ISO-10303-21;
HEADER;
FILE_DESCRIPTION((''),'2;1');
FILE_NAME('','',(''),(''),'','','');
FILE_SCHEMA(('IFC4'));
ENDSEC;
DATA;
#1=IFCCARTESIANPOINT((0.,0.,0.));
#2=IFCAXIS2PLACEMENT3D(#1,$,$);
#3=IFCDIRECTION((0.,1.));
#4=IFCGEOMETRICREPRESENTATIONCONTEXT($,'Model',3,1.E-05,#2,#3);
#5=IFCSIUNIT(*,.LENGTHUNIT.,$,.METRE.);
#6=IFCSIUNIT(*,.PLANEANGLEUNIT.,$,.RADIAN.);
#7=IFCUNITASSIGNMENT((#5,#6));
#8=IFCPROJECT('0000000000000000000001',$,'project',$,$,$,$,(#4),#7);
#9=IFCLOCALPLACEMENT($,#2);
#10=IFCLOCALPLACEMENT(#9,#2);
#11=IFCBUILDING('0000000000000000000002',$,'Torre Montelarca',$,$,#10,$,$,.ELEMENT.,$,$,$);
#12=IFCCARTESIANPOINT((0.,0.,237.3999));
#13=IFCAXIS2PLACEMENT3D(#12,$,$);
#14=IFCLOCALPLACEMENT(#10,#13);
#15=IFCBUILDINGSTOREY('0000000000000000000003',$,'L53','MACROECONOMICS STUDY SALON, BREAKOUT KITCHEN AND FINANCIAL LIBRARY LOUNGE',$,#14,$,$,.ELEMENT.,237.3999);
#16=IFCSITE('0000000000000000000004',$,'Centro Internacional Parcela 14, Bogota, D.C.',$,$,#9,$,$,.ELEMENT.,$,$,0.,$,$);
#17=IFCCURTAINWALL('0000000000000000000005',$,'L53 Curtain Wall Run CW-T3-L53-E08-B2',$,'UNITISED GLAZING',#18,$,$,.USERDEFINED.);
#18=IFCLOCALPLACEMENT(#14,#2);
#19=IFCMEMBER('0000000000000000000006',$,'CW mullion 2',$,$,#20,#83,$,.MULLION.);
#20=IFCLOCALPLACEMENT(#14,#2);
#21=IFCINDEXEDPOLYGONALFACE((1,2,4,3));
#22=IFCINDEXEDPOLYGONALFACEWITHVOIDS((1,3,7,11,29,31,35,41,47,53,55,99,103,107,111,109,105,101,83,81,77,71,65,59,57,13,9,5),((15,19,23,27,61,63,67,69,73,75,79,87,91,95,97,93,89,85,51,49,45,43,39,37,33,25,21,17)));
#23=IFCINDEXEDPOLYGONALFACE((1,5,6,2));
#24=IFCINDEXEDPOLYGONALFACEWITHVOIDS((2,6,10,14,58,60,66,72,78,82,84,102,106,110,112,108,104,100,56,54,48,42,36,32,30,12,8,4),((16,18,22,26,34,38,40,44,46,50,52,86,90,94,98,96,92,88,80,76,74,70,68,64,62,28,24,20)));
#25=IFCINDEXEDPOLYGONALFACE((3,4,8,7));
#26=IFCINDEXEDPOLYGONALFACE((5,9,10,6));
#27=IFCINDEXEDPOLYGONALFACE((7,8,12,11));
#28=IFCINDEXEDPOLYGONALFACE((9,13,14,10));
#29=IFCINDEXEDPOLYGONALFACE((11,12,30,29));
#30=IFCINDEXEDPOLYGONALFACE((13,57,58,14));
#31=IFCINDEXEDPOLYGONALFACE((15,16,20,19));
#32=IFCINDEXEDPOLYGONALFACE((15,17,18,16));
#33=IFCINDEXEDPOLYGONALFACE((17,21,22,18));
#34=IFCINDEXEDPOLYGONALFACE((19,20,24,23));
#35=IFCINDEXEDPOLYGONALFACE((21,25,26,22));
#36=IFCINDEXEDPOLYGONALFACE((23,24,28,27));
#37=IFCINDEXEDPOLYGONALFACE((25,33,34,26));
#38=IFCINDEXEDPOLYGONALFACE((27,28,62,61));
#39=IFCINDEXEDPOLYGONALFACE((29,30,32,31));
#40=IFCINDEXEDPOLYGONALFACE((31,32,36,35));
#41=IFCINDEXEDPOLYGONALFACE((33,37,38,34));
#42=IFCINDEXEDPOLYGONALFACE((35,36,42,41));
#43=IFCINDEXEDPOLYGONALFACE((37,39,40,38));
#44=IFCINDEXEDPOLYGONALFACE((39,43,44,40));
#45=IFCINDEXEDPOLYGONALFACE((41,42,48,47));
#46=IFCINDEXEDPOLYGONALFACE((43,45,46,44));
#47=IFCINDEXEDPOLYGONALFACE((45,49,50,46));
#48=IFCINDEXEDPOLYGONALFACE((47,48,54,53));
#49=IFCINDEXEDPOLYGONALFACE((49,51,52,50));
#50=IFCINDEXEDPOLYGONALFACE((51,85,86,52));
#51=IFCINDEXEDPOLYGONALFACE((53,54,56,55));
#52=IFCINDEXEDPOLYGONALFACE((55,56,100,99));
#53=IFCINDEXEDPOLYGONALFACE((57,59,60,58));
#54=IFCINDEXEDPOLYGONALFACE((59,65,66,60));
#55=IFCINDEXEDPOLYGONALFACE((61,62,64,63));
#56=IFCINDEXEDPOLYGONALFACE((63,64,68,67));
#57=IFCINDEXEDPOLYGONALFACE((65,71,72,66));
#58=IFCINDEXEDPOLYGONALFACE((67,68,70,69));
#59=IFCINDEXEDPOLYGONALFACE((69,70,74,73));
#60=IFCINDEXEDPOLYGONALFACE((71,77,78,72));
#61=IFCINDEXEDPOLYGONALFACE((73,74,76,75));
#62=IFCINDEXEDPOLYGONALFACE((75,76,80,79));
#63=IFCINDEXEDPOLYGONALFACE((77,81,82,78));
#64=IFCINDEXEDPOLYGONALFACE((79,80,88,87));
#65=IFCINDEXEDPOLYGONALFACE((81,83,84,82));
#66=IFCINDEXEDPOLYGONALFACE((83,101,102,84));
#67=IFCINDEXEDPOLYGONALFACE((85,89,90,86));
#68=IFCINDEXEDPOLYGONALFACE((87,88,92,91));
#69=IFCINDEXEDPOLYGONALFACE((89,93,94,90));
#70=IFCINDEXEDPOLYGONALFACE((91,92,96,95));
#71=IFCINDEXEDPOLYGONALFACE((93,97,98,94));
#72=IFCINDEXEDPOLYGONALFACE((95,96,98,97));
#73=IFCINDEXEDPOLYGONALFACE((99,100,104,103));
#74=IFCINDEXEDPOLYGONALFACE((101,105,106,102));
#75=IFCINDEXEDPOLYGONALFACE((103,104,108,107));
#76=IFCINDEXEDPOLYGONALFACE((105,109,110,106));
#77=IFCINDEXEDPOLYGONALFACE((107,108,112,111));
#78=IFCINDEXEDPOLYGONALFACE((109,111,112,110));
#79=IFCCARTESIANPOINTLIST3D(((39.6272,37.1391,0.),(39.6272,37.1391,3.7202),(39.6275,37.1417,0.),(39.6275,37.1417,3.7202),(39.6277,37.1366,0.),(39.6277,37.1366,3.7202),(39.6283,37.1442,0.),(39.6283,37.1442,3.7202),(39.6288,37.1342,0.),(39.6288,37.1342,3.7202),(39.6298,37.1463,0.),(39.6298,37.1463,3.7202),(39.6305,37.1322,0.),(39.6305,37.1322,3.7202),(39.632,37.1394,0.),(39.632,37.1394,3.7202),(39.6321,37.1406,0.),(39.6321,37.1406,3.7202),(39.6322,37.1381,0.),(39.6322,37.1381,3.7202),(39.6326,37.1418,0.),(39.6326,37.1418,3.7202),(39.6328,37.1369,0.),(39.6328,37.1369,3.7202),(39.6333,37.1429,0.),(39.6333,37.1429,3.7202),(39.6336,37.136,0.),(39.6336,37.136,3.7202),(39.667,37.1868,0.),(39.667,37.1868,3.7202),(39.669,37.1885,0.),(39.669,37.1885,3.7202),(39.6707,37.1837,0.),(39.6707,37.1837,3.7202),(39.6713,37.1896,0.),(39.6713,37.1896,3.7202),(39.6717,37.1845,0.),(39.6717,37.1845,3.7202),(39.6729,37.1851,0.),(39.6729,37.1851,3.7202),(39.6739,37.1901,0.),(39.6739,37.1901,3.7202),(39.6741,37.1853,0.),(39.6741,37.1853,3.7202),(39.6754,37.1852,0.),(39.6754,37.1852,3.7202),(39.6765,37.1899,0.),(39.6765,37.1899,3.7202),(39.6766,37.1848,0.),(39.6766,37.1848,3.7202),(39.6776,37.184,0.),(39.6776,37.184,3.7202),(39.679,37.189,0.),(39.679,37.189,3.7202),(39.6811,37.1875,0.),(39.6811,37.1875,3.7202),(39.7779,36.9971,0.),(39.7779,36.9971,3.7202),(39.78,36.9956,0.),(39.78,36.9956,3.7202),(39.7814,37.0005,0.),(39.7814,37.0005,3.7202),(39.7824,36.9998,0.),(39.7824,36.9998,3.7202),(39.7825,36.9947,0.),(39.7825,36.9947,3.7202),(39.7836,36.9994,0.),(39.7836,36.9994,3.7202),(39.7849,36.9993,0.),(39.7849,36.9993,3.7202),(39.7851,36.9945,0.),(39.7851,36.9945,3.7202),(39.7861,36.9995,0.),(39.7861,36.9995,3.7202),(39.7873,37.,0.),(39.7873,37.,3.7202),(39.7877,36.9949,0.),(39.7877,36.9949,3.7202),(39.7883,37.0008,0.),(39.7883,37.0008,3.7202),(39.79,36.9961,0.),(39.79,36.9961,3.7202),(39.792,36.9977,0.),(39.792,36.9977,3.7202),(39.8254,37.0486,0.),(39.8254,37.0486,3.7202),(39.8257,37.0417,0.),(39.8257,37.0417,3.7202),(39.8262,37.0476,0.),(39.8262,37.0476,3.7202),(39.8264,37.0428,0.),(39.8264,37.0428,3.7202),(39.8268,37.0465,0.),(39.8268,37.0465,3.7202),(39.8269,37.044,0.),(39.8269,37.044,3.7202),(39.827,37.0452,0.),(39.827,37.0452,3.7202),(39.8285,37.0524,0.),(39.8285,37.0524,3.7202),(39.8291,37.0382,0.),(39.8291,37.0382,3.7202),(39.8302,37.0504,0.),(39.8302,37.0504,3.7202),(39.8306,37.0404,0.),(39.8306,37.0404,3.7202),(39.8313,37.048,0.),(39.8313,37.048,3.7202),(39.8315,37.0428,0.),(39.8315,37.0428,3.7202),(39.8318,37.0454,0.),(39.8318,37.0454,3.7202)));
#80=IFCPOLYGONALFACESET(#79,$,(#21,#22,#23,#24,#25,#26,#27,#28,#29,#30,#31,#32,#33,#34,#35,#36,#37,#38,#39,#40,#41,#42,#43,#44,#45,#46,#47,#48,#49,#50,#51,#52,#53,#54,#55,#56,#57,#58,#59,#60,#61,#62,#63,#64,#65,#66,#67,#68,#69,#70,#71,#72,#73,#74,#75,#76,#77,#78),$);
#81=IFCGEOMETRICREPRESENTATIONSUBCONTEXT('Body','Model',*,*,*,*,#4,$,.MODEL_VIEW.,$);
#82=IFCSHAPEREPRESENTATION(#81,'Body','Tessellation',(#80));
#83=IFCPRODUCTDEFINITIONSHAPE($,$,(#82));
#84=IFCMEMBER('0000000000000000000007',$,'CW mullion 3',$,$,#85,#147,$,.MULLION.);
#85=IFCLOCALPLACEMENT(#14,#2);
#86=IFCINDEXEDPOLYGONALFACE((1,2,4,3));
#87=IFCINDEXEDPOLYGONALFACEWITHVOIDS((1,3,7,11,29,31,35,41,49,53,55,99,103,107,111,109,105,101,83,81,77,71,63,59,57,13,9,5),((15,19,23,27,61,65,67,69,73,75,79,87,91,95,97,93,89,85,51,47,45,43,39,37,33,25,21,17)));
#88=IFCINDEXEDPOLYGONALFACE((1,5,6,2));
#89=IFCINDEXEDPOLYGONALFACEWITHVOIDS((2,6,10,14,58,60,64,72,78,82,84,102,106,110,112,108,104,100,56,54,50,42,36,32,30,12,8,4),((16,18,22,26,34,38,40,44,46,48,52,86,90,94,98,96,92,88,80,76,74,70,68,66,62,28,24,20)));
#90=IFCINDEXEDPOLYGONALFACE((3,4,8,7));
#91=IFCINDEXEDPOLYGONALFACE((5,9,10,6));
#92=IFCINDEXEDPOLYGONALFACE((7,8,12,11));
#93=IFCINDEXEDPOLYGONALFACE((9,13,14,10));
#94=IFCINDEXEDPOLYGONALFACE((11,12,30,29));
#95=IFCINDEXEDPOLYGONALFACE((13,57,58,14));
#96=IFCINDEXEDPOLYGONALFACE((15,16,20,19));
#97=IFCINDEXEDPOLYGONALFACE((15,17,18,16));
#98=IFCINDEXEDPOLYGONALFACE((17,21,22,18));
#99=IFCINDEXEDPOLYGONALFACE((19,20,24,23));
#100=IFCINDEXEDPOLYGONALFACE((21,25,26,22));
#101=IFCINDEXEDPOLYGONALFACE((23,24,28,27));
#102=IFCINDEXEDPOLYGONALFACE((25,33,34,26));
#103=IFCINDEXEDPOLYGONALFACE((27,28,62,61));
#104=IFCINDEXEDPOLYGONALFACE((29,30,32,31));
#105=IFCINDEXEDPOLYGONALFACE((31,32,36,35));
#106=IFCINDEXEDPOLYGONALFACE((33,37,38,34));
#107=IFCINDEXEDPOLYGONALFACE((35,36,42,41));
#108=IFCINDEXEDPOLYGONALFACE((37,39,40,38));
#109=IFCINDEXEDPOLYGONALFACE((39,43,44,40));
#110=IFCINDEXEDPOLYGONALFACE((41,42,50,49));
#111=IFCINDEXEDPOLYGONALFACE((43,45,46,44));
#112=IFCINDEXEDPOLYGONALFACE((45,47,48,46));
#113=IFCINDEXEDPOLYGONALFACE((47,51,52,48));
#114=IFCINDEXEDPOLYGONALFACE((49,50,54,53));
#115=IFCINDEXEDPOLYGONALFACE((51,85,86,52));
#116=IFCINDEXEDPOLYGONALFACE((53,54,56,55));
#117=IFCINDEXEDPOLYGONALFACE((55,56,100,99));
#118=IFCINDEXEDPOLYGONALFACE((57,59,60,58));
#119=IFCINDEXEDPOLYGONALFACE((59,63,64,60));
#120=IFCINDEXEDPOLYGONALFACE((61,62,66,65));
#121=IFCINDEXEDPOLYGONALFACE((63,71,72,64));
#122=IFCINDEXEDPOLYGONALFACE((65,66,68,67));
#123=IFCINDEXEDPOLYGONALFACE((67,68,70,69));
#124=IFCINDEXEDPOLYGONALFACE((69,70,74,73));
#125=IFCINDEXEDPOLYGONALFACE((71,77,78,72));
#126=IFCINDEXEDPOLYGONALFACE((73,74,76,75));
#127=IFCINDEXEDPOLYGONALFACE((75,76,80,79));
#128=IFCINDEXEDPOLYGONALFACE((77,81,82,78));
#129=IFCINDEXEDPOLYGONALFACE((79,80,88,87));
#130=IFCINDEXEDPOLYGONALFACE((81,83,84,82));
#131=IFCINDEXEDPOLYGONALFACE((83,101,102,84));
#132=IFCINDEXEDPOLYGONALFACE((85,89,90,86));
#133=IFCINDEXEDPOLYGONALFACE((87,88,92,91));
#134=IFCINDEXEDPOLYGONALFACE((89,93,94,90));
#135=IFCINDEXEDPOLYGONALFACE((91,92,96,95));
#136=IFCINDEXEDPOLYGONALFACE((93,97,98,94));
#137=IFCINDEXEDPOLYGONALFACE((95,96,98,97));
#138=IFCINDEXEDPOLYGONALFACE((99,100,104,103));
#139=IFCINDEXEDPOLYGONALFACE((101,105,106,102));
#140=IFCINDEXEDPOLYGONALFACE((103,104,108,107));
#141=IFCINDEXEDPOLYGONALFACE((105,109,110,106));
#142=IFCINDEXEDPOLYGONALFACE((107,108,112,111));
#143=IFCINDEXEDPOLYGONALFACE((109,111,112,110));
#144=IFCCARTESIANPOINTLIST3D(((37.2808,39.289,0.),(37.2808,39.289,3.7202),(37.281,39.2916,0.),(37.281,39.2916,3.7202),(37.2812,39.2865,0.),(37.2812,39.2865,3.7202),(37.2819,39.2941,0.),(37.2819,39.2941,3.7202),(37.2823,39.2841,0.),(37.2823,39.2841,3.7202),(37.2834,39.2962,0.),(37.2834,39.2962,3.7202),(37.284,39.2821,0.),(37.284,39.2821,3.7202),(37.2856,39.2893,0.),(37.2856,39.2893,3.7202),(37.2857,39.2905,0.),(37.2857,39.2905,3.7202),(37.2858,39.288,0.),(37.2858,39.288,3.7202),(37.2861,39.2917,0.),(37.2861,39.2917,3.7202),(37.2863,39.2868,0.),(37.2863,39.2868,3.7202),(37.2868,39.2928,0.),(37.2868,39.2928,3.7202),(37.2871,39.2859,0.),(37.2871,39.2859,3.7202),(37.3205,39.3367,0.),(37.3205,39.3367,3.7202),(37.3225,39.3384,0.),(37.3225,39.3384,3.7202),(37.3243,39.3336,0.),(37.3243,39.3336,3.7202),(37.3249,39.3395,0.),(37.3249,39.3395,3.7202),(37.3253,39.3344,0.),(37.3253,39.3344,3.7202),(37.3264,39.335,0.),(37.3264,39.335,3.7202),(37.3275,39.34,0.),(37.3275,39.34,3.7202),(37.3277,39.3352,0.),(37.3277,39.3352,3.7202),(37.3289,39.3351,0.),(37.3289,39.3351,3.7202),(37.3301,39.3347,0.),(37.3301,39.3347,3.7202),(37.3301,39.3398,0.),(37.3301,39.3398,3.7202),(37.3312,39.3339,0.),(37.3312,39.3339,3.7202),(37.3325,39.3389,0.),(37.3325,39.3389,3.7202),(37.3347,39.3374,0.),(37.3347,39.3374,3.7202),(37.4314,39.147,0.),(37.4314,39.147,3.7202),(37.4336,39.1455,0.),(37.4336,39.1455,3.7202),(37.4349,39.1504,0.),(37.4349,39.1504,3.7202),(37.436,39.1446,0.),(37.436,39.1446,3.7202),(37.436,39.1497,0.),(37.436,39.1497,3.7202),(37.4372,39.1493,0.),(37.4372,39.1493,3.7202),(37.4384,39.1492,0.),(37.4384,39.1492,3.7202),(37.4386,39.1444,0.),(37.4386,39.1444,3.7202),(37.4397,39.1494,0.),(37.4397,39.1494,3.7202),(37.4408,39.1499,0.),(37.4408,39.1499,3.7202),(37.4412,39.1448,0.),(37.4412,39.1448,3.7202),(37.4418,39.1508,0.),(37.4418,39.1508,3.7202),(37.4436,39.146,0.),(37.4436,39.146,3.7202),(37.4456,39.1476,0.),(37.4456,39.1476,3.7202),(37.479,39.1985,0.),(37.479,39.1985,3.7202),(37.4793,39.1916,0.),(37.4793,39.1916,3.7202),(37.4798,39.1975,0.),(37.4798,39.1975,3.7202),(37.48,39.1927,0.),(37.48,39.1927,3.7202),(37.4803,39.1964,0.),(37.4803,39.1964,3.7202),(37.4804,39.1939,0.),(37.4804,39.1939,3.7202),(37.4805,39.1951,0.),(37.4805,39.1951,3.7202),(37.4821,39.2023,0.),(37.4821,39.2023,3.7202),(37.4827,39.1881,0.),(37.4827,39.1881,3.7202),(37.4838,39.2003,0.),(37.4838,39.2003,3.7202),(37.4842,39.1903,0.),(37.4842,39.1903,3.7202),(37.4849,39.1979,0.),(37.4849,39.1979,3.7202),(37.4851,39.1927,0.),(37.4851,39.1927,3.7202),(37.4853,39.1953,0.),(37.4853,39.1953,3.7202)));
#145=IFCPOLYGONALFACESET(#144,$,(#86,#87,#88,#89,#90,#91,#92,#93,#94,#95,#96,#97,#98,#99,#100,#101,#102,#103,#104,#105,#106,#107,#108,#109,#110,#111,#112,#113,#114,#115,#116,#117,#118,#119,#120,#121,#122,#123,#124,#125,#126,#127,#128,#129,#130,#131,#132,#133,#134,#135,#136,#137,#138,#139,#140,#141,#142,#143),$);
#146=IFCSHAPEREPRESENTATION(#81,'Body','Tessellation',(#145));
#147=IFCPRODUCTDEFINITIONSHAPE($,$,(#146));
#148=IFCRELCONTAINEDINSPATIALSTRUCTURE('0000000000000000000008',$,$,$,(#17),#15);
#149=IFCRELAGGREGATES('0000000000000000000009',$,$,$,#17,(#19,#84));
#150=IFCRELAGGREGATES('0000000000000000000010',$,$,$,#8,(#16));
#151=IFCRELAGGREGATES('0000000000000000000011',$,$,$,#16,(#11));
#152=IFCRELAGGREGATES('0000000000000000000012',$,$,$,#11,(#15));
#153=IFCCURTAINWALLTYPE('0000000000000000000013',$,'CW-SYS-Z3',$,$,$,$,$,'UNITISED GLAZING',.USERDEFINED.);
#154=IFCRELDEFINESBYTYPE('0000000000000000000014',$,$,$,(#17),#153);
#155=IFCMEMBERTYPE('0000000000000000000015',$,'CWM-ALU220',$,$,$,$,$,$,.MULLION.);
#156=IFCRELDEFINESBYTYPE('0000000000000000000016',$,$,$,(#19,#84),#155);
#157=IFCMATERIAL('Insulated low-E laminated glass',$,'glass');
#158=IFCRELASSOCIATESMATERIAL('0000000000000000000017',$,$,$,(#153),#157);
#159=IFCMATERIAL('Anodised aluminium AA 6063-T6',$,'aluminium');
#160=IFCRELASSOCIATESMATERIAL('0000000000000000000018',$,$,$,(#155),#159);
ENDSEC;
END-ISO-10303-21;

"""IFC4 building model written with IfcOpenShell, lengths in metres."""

from ifc_helpers import new_model, si_unit, direction, frame, origin, origin_2d, place, context, subcontext, project, spatial, hollow_rectangle, extrude, source, transform, mapped, material, material_profile, profile_set, type_object, element, aggregate, save


model = new_model("IFC4")

# Units and contexts
model_context = context("Model", 3, precision=1e-05, world=origin(), true_north=direction((0.0, 1.0)))
body_context = subcontext(model_context, "Body", "Model", "MODEL_VIEW")
ifc_project = project(units=[si_unit("LENGTHUNIT", "METRE"), si_unit("PLANEANGLEUNIT", "RADIAN")], contexts=[model_context])

# Site, building, storey
site_placement = place(None, origin())
site = spatial("IfcSite", under=ifc_project, at=site_placement, Name="Centro Internacional Parcela 14, Bogota, D.C.", CompositionType="ELEMENT", RefElevation=0.0)
building_placement = place(site_placement, origin())
building = spatial("IfcBuilding", under=site, at=building_placement, Name="Torre Montelarca", CompositionType="ELEMENT")
storey_placement = place(building_placement, frame((0.0, 0.0, 237.3999)))
storey = spatial("IfcBuildingStorey", under=building, at=storey_placement, Name="L53", Description="MACROECONOMICS STUDY SALON, BREAKOUT KITCHEN AND FINANCIAL LIBRARY LOUNGE", CompositionType="ELEMENT", Elevation=237.3999)

# Curtain wall
ifc_material_1 = material(Name="Insulated low-E laminated glass", Category="glass")
curtain_wall_type = type_object("IfcCurtainWallType", Name="CW-SYS-Z3", ElementType="UNITISED GLAZING", PredefinedType="USERDEFINED", material=ifc_material_1)
curtain_wall_1_placement = place(storey_placement, origin())
curtain_wall_1 = element("IfcCurtainWall", 1, at=curtain_wall_1_placement, inside=storey, type_object=curtain_wall_type, Name="L53 Curtain Wall Run CW-T3-L53-E08-B2", ObjectType="UNITISED GLAZING", PredefinedType="USERDEFINED")
ifc_material_2 = material(Name="Anodised aluminium AA 6063-T6", Category="aluminium")

# Shared definitions
ifc_material_profile_1 = material_profile(ifc_material_2, hollow_rectangle(XDim=0.075, YDim=0.22, WallThickness=0.0049, InnerFilletRadius=0.0049, OuterFilletRadius=0.01, at=origin_2d()), Name="ALU75X220X5", Category="aluminium")
ifc_profile_set_1 = profile_set([ifc_material_profile_1], Name="Anodised aluminium AA 6063-T6")
member_type_1 = type_object("IfcMemberType", Name="CWM-ALU220", PredefinedType="MULLION", material=ifc_profile_set_1)
shared_shape_1 = source(origin(), body_context, "Body", "SweptSolid", [
    extrude(hollow_rectangle(XDim=0.075, YDim=0.22, WallThickness=0.0049, InnerFilletRadius=0.0049, OuterFilletRadius=0.01, at=origin_2d()), origin(), (0.0, 0.0, 1.0), 3.7202),
])

# Members
member_1_placement = place(storey_placement, frame((39.7295, 37.0923, 0.0), z_axis=(0.0, 0.0, 1.0), x_axis=(-0.675595, -0.737273, 0.0)))
member_1 = element("IfcMember", 2, at=member_1_placement, type_object=member_type_1, Name="CW mullion 2", PredefinedType="MULLION", context=body_context, shape_type="MappedRepresentation", body=[
    mapped(shared_shape_1, transform((0.0, 0.0, 0.0), scale=1.0)),
])
member_2_placement = place(storey_placement, frame((37.3831, 39.2422, 0.0), z_axis=(0.0, 0.0, 1.0), x_axis=(-0.675595, -0.737273, 0.0)))
member_2 = element("IfcMember", 3, at=member_2_placement, type_object=member_type_1, Name="CW mullion 3", PredefinedType="MULLION", context=body_context, shape_type="MappedRepresentation", body=[
    mapped(shared_shape_1, transform((0.0, 0.0, 0.0), scale=1.0)),
])

aggregate(curtain_wall_1, [member_1, member_2])

save(model, "model.ifc")
